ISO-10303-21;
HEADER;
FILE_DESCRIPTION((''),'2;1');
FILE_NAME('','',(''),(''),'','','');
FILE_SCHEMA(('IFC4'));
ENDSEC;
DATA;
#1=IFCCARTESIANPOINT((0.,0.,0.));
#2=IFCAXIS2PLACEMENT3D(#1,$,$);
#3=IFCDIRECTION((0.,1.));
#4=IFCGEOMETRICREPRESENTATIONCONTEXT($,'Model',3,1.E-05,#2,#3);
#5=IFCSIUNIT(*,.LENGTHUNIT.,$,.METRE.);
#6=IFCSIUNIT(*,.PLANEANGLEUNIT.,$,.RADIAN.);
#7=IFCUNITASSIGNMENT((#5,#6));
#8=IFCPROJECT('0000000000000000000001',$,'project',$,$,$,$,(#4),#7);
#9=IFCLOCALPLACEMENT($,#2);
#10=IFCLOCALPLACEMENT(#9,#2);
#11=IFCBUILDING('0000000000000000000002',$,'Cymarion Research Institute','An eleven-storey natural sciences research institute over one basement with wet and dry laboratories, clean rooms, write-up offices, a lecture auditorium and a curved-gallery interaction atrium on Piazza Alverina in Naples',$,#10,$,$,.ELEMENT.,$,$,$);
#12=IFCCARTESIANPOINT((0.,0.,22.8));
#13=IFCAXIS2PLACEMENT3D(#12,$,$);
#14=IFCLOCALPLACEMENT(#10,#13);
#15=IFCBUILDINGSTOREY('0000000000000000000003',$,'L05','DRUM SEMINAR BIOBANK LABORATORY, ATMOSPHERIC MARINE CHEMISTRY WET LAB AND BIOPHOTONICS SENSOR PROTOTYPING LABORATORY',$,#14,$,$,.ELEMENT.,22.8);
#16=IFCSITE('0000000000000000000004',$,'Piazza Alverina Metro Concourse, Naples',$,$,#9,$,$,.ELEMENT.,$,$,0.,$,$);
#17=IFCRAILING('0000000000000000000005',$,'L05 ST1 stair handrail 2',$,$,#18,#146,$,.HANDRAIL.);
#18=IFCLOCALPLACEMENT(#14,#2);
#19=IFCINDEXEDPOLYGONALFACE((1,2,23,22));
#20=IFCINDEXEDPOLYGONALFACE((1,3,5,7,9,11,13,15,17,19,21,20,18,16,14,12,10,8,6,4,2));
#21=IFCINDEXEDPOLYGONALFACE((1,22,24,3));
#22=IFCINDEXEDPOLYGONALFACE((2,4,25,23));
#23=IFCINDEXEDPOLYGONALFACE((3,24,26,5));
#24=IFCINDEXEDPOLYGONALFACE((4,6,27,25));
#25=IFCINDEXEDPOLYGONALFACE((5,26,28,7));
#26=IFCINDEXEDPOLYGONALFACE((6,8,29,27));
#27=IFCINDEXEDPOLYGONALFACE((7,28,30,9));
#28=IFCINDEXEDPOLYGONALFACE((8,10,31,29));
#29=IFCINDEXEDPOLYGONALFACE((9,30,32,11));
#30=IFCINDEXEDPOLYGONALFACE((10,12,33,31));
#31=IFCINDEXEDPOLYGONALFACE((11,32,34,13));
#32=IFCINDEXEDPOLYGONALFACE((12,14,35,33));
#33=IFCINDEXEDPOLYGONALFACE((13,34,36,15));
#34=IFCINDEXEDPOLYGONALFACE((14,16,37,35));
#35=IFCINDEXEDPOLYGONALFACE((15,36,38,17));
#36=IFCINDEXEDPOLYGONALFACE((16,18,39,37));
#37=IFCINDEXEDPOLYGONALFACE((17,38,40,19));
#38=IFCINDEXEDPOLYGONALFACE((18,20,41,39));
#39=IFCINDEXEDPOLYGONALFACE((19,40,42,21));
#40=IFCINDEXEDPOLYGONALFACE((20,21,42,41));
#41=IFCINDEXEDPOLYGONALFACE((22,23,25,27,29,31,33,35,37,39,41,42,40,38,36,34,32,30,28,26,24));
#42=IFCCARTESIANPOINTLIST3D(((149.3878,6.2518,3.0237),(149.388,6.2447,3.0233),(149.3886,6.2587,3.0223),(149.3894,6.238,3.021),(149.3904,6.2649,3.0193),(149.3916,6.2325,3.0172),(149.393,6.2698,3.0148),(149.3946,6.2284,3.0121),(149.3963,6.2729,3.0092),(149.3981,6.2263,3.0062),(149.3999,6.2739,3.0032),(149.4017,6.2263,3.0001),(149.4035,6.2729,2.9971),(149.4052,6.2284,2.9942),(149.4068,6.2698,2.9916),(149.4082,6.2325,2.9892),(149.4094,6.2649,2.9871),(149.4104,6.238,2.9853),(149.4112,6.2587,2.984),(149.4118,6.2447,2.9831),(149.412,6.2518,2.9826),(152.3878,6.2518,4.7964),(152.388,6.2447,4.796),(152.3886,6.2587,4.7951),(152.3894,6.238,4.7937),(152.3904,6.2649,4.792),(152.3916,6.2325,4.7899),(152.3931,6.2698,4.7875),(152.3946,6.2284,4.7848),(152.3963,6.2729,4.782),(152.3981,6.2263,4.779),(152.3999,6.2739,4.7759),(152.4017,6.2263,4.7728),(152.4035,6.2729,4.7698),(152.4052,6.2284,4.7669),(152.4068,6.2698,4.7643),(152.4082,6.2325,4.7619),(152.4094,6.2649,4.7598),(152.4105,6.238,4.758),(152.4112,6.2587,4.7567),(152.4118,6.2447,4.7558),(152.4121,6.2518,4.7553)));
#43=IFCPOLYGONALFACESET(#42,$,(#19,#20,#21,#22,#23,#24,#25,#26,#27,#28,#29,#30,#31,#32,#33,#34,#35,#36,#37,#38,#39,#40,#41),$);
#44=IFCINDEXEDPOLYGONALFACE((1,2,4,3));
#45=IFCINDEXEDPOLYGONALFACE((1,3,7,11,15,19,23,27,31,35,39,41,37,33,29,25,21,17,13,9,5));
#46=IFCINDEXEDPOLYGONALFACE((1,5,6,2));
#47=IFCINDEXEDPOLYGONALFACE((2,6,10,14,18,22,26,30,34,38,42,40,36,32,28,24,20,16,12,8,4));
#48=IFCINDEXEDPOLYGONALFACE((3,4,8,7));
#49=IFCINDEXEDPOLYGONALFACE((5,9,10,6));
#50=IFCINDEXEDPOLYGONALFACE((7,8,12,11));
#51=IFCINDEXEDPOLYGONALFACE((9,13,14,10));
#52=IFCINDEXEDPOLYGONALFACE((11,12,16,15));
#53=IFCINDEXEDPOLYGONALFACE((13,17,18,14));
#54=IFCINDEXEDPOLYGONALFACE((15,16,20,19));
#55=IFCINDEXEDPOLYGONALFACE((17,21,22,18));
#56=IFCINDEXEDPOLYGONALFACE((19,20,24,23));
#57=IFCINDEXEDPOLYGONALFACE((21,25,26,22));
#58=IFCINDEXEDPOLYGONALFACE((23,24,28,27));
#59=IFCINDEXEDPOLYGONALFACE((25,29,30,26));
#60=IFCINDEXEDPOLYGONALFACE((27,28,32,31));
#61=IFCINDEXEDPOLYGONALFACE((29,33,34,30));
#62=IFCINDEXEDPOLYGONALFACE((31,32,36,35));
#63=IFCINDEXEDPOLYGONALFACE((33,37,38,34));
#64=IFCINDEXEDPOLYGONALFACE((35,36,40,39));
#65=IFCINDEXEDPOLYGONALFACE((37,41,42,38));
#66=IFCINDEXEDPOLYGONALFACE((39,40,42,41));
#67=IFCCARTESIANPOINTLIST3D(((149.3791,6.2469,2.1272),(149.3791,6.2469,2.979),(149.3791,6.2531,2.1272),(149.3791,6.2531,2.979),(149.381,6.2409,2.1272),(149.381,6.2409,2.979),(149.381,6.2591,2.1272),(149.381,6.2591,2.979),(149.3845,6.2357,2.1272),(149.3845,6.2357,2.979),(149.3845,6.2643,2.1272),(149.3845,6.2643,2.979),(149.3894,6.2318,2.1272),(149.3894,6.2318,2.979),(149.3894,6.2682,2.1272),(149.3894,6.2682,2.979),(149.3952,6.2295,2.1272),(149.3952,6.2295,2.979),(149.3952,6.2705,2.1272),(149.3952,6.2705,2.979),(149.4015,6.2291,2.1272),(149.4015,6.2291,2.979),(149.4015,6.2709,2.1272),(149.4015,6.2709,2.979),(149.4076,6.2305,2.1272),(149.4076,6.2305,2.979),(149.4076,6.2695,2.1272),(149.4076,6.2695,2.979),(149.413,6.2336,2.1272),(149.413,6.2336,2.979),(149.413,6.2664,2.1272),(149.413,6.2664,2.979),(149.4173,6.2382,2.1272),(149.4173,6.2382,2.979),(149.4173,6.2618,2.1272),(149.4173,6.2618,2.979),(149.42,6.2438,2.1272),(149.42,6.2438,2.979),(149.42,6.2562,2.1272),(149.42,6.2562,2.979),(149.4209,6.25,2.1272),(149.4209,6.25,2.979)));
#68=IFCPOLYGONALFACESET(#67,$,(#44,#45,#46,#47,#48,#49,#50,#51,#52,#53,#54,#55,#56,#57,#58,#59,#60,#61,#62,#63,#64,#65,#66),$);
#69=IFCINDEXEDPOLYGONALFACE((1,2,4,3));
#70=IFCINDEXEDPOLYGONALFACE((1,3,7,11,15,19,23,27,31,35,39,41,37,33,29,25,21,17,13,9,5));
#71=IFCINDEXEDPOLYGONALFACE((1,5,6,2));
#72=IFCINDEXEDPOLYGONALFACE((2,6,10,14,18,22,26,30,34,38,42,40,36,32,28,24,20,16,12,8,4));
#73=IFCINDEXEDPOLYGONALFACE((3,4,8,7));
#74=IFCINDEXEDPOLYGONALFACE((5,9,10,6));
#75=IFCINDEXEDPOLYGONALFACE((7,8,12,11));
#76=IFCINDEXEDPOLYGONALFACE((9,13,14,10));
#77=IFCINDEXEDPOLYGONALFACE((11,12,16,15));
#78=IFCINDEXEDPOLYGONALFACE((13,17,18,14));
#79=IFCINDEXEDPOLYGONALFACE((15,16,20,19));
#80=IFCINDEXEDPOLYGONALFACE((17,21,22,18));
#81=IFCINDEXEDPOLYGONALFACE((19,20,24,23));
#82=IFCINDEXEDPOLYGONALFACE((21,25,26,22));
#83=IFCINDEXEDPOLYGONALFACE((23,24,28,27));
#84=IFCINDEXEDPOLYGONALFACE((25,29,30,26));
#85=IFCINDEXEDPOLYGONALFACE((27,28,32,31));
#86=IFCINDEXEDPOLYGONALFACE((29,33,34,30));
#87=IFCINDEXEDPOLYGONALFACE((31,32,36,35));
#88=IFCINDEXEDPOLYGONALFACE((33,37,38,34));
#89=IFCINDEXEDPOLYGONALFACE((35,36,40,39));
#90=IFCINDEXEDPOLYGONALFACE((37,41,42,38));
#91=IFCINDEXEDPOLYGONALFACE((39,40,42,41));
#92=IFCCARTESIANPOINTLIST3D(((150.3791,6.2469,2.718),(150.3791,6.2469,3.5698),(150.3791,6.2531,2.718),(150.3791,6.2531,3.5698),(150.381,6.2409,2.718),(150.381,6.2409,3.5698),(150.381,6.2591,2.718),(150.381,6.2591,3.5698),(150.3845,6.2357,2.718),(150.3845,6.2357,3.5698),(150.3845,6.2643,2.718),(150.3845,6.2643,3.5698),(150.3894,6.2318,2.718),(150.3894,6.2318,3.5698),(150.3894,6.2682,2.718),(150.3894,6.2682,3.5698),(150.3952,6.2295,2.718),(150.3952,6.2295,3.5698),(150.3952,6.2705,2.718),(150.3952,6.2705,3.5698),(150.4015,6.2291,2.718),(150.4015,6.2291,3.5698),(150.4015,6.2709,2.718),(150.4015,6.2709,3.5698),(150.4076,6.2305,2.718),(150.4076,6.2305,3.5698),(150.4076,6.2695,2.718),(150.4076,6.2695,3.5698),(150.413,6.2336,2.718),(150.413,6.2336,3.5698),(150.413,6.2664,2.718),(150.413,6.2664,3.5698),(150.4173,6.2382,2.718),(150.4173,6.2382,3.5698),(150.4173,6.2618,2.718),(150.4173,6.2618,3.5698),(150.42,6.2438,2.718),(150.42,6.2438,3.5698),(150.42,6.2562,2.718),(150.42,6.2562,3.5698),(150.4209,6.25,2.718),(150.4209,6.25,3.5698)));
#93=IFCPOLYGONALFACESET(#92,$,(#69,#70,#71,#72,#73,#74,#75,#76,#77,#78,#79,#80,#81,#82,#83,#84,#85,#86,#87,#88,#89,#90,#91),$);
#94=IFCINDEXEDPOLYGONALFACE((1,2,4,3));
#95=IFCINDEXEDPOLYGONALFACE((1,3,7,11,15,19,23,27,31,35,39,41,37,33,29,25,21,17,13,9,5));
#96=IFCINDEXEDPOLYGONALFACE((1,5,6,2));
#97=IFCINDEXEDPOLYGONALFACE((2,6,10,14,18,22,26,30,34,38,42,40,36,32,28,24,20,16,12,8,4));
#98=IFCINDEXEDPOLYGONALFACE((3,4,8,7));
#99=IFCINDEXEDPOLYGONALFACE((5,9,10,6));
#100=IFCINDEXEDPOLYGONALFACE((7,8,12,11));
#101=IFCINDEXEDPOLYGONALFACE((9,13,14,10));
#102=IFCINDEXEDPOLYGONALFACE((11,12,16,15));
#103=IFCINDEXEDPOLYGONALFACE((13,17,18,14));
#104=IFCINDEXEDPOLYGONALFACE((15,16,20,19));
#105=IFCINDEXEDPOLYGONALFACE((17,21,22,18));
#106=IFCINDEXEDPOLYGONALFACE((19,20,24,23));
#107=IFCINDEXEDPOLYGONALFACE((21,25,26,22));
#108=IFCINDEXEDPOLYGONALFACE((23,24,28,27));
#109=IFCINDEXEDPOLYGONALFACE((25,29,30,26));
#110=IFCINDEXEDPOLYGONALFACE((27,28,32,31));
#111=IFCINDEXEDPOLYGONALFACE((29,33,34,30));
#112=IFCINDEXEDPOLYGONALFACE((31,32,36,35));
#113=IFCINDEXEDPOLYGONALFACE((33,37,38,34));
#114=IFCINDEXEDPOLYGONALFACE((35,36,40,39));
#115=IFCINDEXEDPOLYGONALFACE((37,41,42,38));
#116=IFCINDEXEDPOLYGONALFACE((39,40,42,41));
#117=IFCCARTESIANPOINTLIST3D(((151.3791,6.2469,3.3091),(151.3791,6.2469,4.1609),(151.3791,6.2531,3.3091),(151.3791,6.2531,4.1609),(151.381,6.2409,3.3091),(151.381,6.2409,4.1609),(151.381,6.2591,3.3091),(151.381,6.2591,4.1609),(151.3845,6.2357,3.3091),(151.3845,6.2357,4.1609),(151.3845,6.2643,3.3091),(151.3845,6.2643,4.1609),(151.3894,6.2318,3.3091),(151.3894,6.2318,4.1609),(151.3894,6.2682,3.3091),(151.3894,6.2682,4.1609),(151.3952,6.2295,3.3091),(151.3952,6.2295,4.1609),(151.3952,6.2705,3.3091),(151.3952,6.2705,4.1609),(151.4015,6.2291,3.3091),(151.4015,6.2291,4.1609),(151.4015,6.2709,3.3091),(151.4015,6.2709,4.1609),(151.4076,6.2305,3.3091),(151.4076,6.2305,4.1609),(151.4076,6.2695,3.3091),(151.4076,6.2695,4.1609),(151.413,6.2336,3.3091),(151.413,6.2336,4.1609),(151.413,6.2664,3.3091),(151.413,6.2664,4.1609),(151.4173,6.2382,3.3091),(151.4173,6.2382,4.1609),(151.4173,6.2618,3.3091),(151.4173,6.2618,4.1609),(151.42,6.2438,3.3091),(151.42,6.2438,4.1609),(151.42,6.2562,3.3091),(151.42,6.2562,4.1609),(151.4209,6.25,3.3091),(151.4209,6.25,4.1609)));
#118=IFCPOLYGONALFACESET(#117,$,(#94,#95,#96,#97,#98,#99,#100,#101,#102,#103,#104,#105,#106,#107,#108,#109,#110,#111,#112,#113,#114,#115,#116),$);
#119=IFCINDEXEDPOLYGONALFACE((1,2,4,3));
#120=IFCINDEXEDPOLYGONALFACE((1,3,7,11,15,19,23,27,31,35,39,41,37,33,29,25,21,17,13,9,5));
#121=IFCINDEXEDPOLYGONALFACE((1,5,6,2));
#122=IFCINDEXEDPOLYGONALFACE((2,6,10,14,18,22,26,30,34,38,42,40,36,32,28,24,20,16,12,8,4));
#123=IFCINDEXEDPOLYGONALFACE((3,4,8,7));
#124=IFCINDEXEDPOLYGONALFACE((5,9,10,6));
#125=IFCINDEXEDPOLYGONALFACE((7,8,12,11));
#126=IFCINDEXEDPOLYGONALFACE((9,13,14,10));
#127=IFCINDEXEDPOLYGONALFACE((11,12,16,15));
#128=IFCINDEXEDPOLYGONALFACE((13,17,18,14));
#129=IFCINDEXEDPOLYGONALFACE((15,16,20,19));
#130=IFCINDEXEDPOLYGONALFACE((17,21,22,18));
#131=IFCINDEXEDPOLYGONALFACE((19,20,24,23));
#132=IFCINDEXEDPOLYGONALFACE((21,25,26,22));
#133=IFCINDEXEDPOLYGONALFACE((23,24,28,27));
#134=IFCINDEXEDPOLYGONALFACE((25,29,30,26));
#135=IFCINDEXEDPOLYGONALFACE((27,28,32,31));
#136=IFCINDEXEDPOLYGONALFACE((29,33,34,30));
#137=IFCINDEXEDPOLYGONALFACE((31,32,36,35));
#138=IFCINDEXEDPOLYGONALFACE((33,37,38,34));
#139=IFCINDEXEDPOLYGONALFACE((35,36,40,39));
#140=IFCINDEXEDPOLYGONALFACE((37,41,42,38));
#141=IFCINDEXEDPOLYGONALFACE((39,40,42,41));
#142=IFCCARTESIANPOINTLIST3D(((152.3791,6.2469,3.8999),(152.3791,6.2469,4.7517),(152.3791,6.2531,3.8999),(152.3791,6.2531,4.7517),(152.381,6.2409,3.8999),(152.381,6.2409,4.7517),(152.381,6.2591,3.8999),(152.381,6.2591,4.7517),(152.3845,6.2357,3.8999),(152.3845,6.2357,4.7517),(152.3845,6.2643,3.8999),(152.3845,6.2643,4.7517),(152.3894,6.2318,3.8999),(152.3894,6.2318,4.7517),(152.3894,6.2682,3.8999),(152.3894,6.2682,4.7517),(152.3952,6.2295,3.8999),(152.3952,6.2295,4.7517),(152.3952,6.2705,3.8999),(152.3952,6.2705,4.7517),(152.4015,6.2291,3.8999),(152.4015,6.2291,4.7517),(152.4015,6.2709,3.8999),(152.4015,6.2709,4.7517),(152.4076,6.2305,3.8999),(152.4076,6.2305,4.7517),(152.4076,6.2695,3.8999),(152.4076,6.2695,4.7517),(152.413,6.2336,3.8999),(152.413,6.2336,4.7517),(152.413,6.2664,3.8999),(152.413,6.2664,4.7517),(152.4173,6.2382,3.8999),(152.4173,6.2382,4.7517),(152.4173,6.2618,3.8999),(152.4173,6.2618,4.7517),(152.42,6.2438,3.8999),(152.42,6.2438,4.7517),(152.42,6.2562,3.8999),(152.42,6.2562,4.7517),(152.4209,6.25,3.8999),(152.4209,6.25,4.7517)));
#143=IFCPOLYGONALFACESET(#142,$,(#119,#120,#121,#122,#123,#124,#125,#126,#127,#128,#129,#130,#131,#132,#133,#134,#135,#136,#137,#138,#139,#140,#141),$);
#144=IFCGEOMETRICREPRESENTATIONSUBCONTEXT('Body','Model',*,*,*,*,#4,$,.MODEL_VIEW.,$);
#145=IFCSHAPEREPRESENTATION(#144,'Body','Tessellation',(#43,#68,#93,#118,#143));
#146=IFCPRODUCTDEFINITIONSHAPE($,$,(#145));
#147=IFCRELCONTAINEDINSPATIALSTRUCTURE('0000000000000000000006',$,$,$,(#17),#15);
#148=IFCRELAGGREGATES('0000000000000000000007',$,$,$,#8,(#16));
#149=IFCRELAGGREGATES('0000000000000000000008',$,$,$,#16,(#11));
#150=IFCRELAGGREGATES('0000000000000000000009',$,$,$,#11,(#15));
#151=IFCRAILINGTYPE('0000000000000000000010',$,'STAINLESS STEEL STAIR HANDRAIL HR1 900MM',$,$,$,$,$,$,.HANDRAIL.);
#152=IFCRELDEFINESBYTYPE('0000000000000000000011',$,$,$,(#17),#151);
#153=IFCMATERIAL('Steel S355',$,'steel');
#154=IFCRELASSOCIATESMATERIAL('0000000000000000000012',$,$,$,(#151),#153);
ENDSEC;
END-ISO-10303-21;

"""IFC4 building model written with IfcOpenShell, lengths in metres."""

from ifc_helpers import new_model, si_unit, direction, frame, origin, origin_2d, place, context, subcontext, project, spatial, circle, extrude, material, type_object, element, save


model = new_model("IFC4")

# Units and contexts
model_context = context("Model", 3, precision=1e-05, world=origin(), true_north=direction((0.0, 1.0)))
body_context = subcontext(model_context, "Body", "Model", "MODEL_VIEW")
ifc_project = project(units=[si_unit("LENGTHUNIT", "METRE"), si_unit("PLANEANGLEUNIT", "RADIAN")], contexts=[model_context])

# Site, building, storey
site_placement = place(None, origin())
site = spatial("IfcSite", under=ifc_project, at=site_placement, Name="Piazza Alverina Metro Concourse, Naples", CompositionType="ELEMENT", RefElevation=0.0)
building_placement = place(site_placement, origin())
building = spatial("IfcBuilding", under=site, at=building_placement, Name="Cymarion Research Institute", Description="An eleven-storey natural sciences research institute over one basement with wet and dry laboratories, clean rooms, write-up offices, a lecture auditorium and a curved-gallery interaction atrium on Piazza Alverina in Naples", CompositionType="ELEMENT")
storey_placement = place(building_placement, frame((0.0, 0.0, 22.8)))
storey = spatial("IfcBuildingStorey", under=building, at=storey_placement, Name="L05", Description="DRUM SEMINAR BIOBANK LABORATORY, ATMOSPHERIC MARINE CHEMISTRY WET LAB AND BIOPHOTONICS SENSOR PROTOTYPING LABORATORY", CompositionType="ELEMENT", Elevation=22.8)

# Shared definitions
ifc_material_1 = material(Name="Steel S355", Category="steel")

# Railing
railing_type_1 = type_object("IfcRailingType", Name="STAINLESS STEEL STAIR HANDRAIL HR1 900MM", PredefinedType="HANDRAIL", material=ifc_material_1)
railing_1_placement = place(storey_placement, frame((149.3999, 6.25, 2.1272)))
element("IfcRailing", 1, at=railing_1_placement, inside=storey, type_object=railing_type_1, Name="L05 ST1 stair handrail 2", PredefinedType="HANDRAIL", context=body_context, shape_type="SweptSolid", body=[
    extrude(circle(Radius=0.0239, at=origin_2d()), frame((0.0, 0.0, 0.876), z_axis=(0.860929, 0.0, 0.508725), x_axis=(0.0, 1.0, 0.0)), (0.0, 0.0, 1.0), 3.4846),
    extrude(circle(Radius=0.021, at=origin_2d()), origin(), (0.0, 0.0, 1.0), 0.8518),
    extrude(circle(Radius=0.021, at=origin_2d()), frame((1.0, 0.0, 0.5908)), (0.0, 0.0, 1.0), 0.8518),
    extrude(circle(Radius=0.021, at=origin_2d()), frame((2.0, 0.0, 1.1819)), (0.0, 0.0, 1.0), 0.8518),
    extrude(circle(Radius=0.021, at=origin_2d()), frame((3.0, 0.0, 1.7727)), (0.0, 0.0, 1.0), 0.8518),
])

save(model, "model.ifc")
